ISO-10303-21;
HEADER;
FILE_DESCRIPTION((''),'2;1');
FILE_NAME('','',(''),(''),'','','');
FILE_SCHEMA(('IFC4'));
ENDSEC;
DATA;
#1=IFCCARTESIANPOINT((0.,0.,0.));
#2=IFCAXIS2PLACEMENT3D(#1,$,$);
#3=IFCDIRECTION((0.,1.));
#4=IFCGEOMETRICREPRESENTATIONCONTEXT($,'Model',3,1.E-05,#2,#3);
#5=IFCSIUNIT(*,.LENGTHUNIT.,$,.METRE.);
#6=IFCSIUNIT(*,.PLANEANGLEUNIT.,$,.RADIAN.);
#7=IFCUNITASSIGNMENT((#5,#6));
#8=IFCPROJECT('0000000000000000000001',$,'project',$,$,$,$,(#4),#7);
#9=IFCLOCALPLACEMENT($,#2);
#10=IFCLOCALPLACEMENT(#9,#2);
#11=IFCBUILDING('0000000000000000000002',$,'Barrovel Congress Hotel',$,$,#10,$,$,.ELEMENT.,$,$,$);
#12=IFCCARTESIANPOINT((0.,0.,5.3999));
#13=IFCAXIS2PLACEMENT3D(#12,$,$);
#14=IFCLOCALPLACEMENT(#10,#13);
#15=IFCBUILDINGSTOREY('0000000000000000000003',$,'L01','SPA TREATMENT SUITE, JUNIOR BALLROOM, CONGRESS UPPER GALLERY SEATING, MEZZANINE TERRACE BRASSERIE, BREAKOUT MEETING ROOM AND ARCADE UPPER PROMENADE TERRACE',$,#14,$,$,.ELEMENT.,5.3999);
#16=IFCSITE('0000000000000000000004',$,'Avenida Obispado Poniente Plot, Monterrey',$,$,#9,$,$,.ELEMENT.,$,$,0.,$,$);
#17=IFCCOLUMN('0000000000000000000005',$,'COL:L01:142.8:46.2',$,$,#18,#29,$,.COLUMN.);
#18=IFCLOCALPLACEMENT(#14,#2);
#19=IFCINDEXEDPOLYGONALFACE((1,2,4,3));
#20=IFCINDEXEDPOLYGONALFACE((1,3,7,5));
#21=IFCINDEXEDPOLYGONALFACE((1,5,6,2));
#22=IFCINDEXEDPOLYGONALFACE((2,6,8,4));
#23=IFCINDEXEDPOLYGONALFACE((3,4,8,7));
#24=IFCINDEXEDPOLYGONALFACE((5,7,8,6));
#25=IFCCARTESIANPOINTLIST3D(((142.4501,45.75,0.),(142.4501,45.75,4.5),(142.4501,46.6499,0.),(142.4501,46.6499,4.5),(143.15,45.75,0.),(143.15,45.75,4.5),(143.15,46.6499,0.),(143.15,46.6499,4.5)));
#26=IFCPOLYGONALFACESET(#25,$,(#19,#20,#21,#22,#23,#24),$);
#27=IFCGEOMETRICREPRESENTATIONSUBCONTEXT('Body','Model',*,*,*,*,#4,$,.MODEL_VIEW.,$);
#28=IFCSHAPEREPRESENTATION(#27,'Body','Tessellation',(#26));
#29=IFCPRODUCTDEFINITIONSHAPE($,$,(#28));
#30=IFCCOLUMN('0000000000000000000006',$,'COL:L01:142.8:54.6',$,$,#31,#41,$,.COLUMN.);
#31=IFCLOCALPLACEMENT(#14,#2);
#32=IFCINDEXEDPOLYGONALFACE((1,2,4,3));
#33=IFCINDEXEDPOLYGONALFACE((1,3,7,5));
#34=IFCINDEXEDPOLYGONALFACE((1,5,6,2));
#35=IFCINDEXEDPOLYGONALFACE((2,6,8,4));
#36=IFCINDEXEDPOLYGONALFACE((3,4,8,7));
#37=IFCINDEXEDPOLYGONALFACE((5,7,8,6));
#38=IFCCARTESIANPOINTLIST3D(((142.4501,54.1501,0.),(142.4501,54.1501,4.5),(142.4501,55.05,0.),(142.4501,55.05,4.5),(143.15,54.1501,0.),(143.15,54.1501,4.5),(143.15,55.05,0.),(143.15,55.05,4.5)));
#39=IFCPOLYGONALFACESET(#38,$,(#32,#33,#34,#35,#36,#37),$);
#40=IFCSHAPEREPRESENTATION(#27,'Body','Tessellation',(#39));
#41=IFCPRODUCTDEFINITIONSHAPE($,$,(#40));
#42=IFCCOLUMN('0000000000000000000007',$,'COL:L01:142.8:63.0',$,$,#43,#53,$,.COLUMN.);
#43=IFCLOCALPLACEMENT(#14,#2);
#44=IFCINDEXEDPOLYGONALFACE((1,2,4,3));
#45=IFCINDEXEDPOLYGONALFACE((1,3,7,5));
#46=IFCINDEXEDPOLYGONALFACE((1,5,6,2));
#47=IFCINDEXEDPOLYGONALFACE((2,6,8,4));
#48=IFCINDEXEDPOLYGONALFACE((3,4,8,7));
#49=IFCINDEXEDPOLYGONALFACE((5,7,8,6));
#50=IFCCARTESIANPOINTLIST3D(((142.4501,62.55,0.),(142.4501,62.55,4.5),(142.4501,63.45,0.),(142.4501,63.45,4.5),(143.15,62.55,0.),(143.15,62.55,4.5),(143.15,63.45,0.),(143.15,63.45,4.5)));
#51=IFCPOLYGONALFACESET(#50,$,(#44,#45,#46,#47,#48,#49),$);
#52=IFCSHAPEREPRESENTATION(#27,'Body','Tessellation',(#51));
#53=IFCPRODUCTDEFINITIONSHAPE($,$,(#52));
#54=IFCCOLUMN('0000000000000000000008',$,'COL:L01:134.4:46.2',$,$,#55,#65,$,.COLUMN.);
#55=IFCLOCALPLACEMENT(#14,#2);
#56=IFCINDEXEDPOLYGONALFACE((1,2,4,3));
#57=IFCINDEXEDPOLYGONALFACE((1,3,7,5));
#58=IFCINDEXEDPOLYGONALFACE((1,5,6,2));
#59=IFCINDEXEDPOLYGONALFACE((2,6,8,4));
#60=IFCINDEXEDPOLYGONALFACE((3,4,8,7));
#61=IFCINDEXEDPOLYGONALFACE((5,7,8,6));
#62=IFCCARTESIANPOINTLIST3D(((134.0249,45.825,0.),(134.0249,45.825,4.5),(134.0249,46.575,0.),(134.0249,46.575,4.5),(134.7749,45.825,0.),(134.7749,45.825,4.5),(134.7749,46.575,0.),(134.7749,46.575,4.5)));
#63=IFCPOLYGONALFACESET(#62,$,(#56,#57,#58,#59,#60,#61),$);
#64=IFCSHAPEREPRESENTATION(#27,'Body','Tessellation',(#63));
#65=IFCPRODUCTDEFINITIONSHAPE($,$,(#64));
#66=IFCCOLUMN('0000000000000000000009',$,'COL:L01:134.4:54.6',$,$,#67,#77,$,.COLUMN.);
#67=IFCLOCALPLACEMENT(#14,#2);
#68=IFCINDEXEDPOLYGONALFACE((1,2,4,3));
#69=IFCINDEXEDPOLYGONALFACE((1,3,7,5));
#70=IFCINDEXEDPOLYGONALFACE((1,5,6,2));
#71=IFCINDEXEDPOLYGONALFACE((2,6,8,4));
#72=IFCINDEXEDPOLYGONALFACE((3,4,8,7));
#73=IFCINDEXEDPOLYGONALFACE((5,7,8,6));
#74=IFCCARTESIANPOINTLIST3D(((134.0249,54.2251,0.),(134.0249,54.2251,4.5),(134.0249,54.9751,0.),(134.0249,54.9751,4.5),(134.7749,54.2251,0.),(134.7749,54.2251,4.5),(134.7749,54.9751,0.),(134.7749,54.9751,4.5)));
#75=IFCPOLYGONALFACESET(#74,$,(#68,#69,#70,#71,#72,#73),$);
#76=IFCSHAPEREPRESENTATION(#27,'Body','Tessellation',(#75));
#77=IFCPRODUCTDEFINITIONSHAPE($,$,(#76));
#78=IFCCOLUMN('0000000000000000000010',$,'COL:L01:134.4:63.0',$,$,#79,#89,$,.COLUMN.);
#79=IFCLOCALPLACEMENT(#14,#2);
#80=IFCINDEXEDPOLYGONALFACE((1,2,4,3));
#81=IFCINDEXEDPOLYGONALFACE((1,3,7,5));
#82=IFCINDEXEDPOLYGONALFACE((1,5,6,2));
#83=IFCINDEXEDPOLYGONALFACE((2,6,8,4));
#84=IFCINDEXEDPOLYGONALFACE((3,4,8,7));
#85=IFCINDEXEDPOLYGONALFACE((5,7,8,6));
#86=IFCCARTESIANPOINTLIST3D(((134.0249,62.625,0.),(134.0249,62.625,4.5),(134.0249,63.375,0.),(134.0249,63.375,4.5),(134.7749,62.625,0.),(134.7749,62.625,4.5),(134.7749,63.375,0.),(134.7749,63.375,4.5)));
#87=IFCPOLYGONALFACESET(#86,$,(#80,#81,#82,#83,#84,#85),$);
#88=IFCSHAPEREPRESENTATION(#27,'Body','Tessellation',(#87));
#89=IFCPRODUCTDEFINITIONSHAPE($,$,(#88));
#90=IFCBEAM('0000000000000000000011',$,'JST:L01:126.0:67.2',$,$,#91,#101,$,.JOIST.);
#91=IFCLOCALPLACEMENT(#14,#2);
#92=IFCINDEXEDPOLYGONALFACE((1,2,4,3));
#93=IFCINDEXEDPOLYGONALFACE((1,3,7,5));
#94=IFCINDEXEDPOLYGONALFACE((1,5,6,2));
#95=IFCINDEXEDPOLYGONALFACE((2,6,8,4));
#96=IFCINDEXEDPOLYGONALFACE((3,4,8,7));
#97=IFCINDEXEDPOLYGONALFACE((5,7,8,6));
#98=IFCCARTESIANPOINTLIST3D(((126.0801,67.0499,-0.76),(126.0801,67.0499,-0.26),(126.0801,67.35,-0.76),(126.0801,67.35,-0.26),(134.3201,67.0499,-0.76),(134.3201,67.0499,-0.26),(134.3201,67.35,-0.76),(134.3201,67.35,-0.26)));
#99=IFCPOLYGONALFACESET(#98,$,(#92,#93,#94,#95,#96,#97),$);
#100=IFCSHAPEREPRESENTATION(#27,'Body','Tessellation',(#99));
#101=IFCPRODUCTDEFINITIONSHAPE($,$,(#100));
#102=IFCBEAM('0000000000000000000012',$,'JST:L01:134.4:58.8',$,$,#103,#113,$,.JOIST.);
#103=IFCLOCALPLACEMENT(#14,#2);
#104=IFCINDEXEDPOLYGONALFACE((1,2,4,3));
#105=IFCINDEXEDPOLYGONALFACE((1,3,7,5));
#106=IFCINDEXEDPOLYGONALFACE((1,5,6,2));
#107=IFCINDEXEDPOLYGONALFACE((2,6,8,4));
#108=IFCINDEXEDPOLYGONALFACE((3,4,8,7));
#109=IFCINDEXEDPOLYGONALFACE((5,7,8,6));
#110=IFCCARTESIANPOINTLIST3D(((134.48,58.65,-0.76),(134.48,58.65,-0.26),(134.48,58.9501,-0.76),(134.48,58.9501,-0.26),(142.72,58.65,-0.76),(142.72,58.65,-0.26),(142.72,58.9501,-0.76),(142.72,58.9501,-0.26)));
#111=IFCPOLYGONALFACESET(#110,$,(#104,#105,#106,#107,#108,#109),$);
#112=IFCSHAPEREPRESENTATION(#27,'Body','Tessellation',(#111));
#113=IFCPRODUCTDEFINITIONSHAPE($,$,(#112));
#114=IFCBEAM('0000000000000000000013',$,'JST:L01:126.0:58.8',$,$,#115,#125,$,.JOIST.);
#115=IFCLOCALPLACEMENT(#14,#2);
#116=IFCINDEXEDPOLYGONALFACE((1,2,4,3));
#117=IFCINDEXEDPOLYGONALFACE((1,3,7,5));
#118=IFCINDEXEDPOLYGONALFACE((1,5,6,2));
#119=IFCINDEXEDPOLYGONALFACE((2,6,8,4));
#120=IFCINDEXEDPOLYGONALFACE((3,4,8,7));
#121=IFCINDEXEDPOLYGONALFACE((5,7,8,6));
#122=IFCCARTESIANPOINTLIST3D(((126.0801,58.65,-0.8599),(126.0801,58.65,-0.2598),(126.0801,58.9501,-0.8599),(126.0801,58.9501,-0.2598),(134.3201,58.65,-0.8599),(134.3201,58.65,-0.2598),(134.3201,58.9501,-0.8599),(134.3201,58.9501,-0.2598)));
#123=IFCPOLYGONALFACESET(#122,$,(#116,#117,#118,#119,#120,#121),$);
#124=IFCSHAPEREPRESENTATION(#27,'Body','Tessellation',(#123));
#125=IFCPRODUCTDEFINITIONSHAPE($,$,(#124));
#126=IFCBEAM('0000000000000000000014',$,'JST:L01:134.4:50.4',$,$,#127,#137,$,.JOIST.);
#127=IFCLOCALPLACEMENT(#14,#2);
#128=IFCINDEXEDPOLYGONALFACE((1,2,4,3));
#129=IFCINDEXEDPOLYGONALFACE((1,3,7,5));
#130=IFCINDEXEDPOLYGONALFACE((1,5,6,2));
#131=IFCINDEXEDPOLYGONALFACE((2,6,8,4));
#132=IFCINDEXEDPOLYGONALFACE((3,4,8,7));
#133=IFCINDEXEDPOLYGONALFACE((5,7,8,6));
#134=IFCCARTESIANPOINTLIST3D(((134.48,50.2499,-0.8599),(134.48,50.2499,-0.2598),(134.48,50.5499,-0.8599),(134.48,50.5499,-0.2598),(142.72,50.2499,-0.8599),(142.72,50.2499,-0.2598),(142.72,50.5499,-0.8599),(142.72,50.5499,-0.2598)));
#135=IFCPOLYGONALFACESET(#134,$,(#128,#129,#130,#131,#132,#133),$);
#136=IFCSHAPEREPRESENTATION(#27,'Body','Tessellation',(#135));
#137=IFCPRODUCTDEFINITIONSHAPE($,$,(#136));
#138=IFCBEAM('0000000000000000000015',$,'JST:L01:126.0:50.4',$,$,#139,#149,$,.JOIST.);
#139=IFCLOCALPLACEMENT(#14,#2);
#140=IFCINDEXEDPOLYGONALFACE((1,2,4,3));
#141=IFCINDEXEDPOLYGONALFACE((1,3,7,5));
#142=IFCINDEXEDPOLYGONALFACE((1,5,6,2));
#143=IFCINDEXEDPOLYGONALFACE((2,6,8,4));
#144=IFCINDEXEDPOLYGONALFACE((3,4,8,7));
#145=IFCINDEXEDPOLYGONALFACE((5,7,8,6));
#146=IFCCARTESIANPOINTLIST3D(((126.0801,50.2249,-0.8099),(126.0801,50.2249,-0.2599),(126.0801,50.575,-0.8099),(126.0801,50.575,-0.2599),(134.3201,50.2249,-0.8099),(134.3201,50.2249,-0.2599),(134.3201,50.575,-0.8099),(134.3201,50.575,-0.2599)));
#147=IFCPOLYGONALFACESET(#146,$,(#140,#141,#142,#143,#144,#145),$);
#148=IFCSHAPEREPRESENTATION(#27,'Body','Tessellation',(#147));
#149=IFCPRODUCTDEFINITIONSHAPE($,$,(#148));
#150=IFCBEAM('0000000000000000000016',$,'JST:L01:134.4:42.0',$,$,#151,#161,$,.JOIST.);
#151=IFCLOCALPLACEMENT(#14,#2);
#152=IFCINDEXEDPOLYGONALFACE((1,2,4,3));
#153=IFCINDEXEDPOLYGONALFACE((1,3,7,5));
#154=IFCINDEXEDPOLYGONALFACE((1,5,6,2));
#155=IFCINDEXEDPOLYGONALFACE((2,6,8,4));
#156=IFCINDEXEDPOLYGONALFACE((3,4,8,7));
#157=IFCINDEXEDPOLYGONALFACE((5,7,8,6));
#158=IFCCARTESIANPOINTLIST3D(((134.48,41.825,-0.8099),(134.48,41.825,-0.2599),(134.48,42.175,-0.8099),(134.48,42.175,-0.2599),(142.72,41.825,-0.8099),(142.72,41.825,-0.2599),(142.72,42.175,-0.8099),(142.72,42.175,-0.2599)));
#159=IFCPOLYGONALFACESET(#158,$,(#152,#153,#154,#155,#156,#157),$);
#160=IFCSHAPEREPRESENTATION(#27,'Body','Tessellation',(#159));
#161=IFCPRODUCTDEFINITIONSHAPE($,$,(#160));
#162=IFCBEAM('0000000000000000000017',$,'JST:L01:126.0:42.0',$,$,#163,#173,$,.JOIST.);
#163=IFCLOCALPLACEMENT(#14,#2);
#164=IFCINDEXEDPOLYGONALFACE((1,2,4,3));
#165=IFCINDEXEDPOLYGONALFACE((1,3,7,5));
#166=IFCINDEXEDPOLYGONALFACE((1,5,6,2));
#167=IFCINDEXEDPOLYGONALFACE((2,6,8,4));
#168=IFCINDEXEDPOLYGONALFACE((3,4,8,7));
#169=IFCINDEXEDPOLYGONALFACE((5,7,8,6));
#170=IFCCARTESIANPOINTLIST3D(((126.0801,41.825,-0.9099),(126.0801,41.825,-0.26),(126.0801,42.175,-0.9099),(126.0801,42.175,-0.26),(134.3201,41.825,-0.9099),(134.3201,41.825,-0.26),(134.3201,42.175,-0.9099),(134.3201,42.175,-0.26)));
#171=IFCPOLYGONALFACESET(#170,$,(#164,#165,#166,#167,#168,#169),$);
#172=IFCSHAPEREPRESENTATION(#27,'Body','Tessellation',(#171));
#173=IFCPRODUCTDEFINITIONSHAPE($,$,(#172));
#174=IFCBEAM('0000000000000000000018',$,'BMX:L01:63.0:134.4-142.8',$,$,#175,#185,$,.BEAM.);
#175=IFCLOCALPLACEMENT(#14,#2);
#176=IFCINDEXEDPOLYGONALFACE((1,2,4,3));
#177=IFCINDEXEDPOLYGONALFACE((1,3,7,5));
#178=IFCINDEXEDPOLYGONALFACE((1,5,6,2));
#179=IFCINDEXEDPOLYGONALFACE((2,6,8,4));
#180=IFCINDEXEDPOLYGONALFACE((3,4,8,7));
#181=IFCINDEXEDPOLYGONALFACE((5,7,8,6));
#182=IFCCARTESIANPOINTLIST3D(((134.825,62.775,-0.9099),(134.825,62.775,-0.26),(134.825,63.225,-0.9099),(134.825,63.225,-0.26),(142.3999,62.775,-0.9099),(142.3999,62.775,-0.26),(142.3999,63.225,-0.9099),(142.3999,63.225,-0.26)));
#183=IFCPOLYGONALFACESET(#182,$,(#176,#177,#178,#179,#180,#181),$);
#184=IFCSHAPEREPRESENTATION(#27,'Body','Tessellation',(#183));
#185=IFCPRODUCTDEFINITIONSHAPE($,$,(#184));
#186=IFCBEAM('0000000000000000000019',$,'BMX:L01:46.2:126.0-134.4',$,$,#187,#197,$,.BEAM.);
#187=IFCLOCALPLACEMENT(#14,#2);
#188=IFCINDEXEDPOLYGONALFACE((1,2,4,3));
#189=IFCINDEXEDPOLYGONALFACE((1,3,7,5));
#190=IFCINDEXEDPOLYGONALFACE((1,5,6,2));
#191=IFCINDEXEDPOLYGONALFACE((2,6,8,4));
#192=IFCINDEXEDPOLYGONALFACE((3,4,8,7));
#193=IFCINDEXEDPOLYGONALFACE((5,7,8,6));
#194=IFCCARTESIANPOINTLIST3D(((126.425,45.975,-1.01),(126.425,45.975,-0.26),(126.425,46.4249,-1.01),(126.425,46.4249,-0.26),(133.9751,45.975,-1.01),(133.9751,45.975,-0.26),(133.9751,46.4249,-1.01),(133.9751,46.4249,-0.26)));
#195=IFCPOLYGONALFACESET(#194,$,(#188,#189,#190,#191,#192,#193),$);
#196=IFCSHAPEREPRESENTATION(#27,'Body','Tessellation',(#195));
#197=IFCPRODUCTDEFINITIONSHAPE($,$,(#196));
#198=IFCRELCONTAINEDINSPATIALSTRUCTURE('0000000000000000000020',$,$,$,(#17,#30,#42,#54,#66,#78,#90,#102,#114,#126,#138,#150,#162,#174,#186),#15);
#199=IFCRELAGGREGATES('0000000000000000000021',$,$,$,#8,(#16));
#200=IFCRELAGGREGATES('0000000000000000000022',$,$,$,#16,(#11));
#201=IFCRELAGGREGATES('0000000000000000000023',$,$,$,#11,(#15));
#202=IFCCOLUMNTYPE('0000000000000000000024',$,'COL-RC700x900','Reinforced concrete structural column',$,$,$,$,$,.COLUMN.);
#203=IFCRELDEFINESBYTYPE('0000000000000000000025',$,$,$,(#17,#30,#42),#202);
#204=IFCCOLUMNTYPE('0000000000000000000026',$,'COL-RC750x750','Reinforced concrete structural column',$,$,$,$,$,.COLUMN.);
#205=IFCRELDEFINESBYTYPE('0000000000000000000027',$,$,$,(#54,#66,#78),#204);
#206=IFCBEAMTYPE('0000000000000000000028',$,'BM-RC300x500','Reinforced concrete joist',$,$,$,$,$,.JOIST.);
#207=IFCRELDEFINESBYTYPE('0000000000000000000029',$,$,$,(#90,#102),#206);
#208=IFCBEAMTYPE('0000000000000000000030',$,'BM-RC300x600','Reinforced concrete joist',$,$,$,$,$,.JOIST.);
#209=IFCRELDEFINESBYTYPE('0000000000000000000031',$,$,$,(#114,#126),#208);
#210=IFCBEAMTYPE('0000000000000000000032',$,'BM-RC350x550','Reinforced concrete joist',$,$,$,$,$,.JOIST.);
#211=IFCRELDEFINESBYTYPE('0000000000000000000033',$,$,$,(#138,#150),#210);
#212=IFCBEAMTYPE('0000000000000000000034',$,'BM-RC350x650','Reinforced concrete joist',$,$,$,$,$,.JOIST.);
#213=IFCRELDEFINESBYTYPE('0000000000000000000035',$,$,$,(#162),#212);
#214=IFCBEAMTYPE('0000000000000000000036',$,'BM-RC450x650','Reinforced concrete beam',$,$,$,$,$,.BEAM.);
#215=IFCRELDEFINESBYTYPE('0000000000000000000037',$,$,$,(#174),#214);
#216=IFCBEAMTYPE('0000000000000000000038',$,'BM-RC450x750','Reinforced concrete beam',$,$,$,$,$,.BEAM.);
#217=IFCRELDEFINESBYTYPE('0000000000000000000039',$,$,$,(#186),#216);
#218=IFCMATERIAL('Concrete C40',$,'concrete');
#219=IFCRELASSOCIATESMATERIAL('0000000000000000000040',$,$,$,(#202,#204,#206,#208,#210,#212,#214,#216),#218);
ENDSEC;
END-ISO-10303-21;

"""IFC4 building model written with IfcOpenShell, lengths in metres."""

from ifc_helpers import new_model, si_unit, direction, frame, origin, origin_2d, place, context, subcontext, project, spatial, rectangle, extrude, material, material_profile, profile_set, type_object, element, save


model = new_model("IFC4")

# Units and contexts
model_context = context("Model", 3, precision=1e-05, world=origin(), true_north=direction((0.0, 1.0)))
body_context = subcontext(model_context, "Body", "Model", "MODEL_VIEW")
ifc_project = project(units=[si_unit("LENGTHUNIT", "METRE"), si_unit("PLANEANGLEUNIT", "RADIAN")], contexts=[model_context])

# Site, building, storey
site_placement = place(None, origin())
site = spatial("IfcSite", under=ifc_project, at=site_placement, Name="Avenida Obispado Poniente Plot, Monterrey", CompositionType="ELEMENT", RefElevation=0.0)
building_placement = place(site_placement, origin())
building = spatial("IfcBuilding", under=site, at=building_placement, Name="Barrovel Congress Hotel", CompositionType="ELEMENT")
storey_placement = place(building_placement, frame((0.0, 0.0, 5.3999)))
storey = spatial("IfcBuildingStorey", under=building, at=storey_placement, Name="L01", Description="SPA TREATMENT SUITE, JUNIOR BALLROOM, CONGRESS UPPER GALLERY SEATING, MEZZANINE TERRACE BRASSERIE, BREAKOUT MEETING ROOM AND ARCADE UPPER PROMENADE TERRACE", CompositionType="ELEMENT", Elevation=5.3999)

# Columns
ifc_material_1 = material(Name="Concrete C40", Category="concrete")
ifc_material_profile_1 = material_profile(ifc_material_1, rectangle(XDim=0.7, YDim=0.8999, at=origin_2d()), Name="RC700x900")
ifc_profile_set_1 = profile_set([ifc_material_profile_1], Name="Concrete C40")
column_type_1 = type_object("IfcColumnType", Name="COL-RC700x900", Description="Reinforced concrete structural column", PredefinedType="COLUMN", material=ifc_profile_set_1)
for number, where, z_axis, x_axis, name in (
    (1, (142.8, 46.2, 0.0), (0.0, 0.0, 1.0), (1.0, 0.0, 0.0), "COL:L01:142.8:46.2"),
    (2, (142.8, 54.6001, 0.0), (0.0, 0.0, 1.0), (1.0, 0.0, 0.0), "COL:L01:142.8:54.6"),
    (3, (142.8, 63.0, 0.0), (0.0, 0.0, 1.0), (1.0, 0.0, 0.0), "COL:L01:142.8:63.0"),
):
    element("IfcColumn", number, at=place(storey_placement, frame(where, z_axis=z_axis, x_axis=x_axis)), inside=storey, type_object=column_type_1, Name=name, PredefinedType="COLUMN", context=body_context, shape_type="SweptSolid", body=[
        extrude(rectangle(XDim=0.7, YDim=0.8999, at=origin_2d()), origin(), (0.0, 0.0, 1.0), 4.5),
    ])
ifc_material_profile_2 = material_profile(ifc_material_1, rectangle(XDim=0.75, YDim=0.75, at=origin_2d()), Name="RC750x750")
ifc_profile_set_2 = profile_set([ifc_material_profile_2], Name="Concrete C40")
column_type_2 = type_object("IfcColumnType", Name="COL-RC750x750", Description="Reinforced concrete structural column", PredefinedType="COLUMN", material=ifc_profile_set_2)
for number, where, z_axis, x_axis, name in (
    (4, (134.3999, 46.2, 0.0), (0.0, 0.0, 1.0), (1.0, 0.0, 0.0), "COL:L01:134.4:46.2"),
    (5, (134.3999, 54.6001, 0.0), (0.0, 0.0, 1.0), (1.0, 0.0, 0.0), "COL:L01:134.4:54.6"),
    (6, (134.3999, 63.0, 0.0), (0.0, 0.0, 1.0), (1.0, 0.0, 0.0), "COL:L01:134.4:63.0"),
):
    element("IfcColumn", number, at=place(storey_placement, frame(where, z_axis=z_axis, x_axis=x_axis)), inside=storey, type_object=column_type_2, Name=name, PredefinedType="COLUMN", context=body_context, shape_type="SweptSolid", body=[
        extrude(rectangle(XDim=0.75, YDim=0.75, at=origin_2d()), origin(), (0.0, 0.0, 1.0), 4.5),
    ])

# Beams
ifc_material_profile_3 = material_profile(ifc_material_1, rectangle(XDim=0.3, YDim=0.5, at=origin_2d()), Name="RC300x500")
ifc_profile_set_3 = profile_set([ifc_material_profile_3], Name="Concrete C40")
beam_type_1 = type_object("IfcBeamType", Name="BM-RC300x500", Description="Reinforced concrete joist", PredefinedType="JOIST", material=ifc_profile_set_3)
for number, where, z_axis, x_axis, name in (
    (7, (126.0801, 67.2, -0.51), (1.0, 0.0, 0.0), (0.0, 1.0, 0.0), "JST:L01:126.0:67.2"),
    (8, (134.48, 58.8, -0.51), (1.0, 0.0, 0.0), (0.0, 1.0, 0.0), "JST:L01:134.4:58.8"),
):
    element("IfcBeam", number, at=place(storey_placement, frame(where, z_axis=z_axis, x_axis=x_axis)), inside=storey, type_object=beam_type_1, Name=name, PredefinedType="JOIST", context=body_context, shape_type="SweptSolid", body=[
        extrude(rectangle(XDim=0.3, YDim=0.5, at=origin_2d()), origin(), (0.0, 0.0, 1.0), 8.24),
    ])
ifc_material_profile_4 = material_profile(ifc_material_1, rectangle(XDim=0.3, YDim=0.6001, at=origin_2d()), Name="RC300x600")
ifc_profile_set_4 = profile_set([ifc_material_profile_4], Name="Concrete C40")
beam_type_2 = type_object("IfcBeamType", Name="BM-RC300x600", Description="Reinforced concrete joist", PredefinedType="JOIST", material=ifc_profile_set_4)
for number, where, z_axis, x_axis, name in (
    (9, (126.0801, 58.8, -0.5598), (1.0, 0.0, 0.0), (0.0, 1.0, 0.0), "JST:L01:126.0:58.8"),
    (10, (134.48, 50.3999, -0.5598), (1.0, 0.0, 0.0), (0.0, 1.0, 0.0), "JST:L01:134.4:50.4"),
):
    element("IfcBeam", number, at=place(storey_placement, frame(where, z_axis=z_axis, x_axis=x_axis)), inside=storey, type_object=beam_type_2, Name=name, PredefinedType="JOIST", context=body_context, shape_type="SweptSolid", body=[
        extrude(rectangle(XDim=0.3, YDim=0.6001, at=origin_2d()), origin(), (0.0, 0.0, 1.0), 8.24),
    ])
ifc_material_profile_5 = material_profile(ifc_material_1, rectangle(XDim=0.3501, YDim=0.55, at=origin_2d()), Name="RC350x550")
ifc_profile_set_5 = profile_set([ifc_material_profile_5], Name="Concrete C40")
beam_type_3 = type_object("IfcBeamType", Name="BM-RC350x550", Description="Reinforced concrete joist", PredefinedType="JOIST", material=ifc_profile_set_5)
for number, where, z_axis, x_axis, name in (
    (11, (126.0801, 50.3999, -0.5349), (1.0, 0.0, 0.0), (0.0, 1.0, 0.0), "JST:L01:126.0:50.4"),
    (12, (134.48, 42.0, -0.5349), (1.0, 0.0, 0.0), (0.0, 1.0, 0.0), "JST:L01:134.4:42.0"),
):
    element("IfcBeam", number, at=place(storey_placement, frame(where, z_axis=z_axis, x_axis=x_axis)), inside=storey, type_object=beam_type_3, Name=name, PredefinedType="JOIST", context=body_context, shape_type="SweptSolid", body=[
        extrude(rectangle(XDim=0.3501, YDim=0.55, at=origin_2d()), origin(), (0.0, 0.0, 1.0), 8.24),
    ])
ifc_material_profile_6 = material_profile(ifc_material_1, rectangle(XDim=0.3501, YDim=0.6499, at=origin_2d()), Name="RC350x650")
ifc_profile_set_6 = profile_set([ifc_material_profile_6], Name="Concrete C40")
beam_type_4 = type_object("IfcBeamType", Name="BM-RC350x650", Description="Reinforced concrete joist", PredefinedType="JOIST", material=ifc_profile_set_6)
beam_1_placement = place(storey_placement, frame((126.0801, 42.0, -0.585), z_axis=(1.0, 0.0, 0.0), x_axis=(0.0, 1.0, 0.0)))
element("IfcBeam", 13, at=beam_1_placement, inside=storey, type_object=beam_type_4, Name="JST:L01:126.0:42.0", PredefinedType="JOIST", context=body_context, shape_type="SweptSolid", body=[
    extrude(rectangle(XDim=0.3501, YDim=0.6499, at=origin_2d()), origin(), (0.0, 0.0, 1.0), 8.24),
])
ifc_material_profile_7 = material_profile(ifc_material_1, rectangle(XDim=0.45, YDim=0.6499, at=origin_2d()), Name="RC450x650")
ifc_profile_set_7 = profile_set([ifc_material_profile_7], Name="Concrete C40")
beam_type_5 = type_object("IfcBeamType", Name="BM-RC450x650", Description="Reinforced concrete beam", PredefinedType="BEAM", material=ifc_profile_set_7)
beam_2_placement = place(storey_placement, frame((134.825, 63.0, -0.585), z_axis=(1.0, 0.0, 0.0), x_axis=(0.0, 1.0, 0.0)))
element("IfcBeam", 14, at=beam_2_placement, inside=storey, type_object=beam_type_5, Name="BMX:L01:63.0:134.4-142.8", PredefinedType="BEAM", context=body_context, shape_type="SweptSolid", body=[
    extrude(rectangle(XDim=0.45, YDim=0.6499, at=origin_2d()), origin(), (0.0, 0.0, 1.0), 7.575),
])
ifc_material_profile_8 = material_profile(ifc_material_1, rectangle(XDim=0.45, YDim=0.75, at=origin_2d()), Name="RC450x750")
ifc_profile_set_8 = profile_set([ifc_material_profile_8], Name="Concrete C40")
beam_type_6 = type_object("IfcBeamType", Name="BM-RC450x750", Description="Reinforced concrete beam", PredefinedType="BEAM", material=ifc_profile_set_8)
beam_3_placement = place(storey_placement, frame((126.425, 46.2, -0.635), z_axis=(1.0, 0.0, 0.0), x_axis=(0.0, 1.0, 0.0)))
element("IfcBeam", 15, at=beam_3_placement, inside=storey, type_object=beam_type_6, Name="BMX:L01:46.2:126.0-134.4", PredefinedType="BEAM", context=body_context, shape_type="SweptSolid", body=[
    extrude(rectangle(XDim=0.45, YDim=0.75, at=origin_2d()), origin(), (0.0, 0.0, 1.0), 7.55),
])

save(model, "model.ifc")
